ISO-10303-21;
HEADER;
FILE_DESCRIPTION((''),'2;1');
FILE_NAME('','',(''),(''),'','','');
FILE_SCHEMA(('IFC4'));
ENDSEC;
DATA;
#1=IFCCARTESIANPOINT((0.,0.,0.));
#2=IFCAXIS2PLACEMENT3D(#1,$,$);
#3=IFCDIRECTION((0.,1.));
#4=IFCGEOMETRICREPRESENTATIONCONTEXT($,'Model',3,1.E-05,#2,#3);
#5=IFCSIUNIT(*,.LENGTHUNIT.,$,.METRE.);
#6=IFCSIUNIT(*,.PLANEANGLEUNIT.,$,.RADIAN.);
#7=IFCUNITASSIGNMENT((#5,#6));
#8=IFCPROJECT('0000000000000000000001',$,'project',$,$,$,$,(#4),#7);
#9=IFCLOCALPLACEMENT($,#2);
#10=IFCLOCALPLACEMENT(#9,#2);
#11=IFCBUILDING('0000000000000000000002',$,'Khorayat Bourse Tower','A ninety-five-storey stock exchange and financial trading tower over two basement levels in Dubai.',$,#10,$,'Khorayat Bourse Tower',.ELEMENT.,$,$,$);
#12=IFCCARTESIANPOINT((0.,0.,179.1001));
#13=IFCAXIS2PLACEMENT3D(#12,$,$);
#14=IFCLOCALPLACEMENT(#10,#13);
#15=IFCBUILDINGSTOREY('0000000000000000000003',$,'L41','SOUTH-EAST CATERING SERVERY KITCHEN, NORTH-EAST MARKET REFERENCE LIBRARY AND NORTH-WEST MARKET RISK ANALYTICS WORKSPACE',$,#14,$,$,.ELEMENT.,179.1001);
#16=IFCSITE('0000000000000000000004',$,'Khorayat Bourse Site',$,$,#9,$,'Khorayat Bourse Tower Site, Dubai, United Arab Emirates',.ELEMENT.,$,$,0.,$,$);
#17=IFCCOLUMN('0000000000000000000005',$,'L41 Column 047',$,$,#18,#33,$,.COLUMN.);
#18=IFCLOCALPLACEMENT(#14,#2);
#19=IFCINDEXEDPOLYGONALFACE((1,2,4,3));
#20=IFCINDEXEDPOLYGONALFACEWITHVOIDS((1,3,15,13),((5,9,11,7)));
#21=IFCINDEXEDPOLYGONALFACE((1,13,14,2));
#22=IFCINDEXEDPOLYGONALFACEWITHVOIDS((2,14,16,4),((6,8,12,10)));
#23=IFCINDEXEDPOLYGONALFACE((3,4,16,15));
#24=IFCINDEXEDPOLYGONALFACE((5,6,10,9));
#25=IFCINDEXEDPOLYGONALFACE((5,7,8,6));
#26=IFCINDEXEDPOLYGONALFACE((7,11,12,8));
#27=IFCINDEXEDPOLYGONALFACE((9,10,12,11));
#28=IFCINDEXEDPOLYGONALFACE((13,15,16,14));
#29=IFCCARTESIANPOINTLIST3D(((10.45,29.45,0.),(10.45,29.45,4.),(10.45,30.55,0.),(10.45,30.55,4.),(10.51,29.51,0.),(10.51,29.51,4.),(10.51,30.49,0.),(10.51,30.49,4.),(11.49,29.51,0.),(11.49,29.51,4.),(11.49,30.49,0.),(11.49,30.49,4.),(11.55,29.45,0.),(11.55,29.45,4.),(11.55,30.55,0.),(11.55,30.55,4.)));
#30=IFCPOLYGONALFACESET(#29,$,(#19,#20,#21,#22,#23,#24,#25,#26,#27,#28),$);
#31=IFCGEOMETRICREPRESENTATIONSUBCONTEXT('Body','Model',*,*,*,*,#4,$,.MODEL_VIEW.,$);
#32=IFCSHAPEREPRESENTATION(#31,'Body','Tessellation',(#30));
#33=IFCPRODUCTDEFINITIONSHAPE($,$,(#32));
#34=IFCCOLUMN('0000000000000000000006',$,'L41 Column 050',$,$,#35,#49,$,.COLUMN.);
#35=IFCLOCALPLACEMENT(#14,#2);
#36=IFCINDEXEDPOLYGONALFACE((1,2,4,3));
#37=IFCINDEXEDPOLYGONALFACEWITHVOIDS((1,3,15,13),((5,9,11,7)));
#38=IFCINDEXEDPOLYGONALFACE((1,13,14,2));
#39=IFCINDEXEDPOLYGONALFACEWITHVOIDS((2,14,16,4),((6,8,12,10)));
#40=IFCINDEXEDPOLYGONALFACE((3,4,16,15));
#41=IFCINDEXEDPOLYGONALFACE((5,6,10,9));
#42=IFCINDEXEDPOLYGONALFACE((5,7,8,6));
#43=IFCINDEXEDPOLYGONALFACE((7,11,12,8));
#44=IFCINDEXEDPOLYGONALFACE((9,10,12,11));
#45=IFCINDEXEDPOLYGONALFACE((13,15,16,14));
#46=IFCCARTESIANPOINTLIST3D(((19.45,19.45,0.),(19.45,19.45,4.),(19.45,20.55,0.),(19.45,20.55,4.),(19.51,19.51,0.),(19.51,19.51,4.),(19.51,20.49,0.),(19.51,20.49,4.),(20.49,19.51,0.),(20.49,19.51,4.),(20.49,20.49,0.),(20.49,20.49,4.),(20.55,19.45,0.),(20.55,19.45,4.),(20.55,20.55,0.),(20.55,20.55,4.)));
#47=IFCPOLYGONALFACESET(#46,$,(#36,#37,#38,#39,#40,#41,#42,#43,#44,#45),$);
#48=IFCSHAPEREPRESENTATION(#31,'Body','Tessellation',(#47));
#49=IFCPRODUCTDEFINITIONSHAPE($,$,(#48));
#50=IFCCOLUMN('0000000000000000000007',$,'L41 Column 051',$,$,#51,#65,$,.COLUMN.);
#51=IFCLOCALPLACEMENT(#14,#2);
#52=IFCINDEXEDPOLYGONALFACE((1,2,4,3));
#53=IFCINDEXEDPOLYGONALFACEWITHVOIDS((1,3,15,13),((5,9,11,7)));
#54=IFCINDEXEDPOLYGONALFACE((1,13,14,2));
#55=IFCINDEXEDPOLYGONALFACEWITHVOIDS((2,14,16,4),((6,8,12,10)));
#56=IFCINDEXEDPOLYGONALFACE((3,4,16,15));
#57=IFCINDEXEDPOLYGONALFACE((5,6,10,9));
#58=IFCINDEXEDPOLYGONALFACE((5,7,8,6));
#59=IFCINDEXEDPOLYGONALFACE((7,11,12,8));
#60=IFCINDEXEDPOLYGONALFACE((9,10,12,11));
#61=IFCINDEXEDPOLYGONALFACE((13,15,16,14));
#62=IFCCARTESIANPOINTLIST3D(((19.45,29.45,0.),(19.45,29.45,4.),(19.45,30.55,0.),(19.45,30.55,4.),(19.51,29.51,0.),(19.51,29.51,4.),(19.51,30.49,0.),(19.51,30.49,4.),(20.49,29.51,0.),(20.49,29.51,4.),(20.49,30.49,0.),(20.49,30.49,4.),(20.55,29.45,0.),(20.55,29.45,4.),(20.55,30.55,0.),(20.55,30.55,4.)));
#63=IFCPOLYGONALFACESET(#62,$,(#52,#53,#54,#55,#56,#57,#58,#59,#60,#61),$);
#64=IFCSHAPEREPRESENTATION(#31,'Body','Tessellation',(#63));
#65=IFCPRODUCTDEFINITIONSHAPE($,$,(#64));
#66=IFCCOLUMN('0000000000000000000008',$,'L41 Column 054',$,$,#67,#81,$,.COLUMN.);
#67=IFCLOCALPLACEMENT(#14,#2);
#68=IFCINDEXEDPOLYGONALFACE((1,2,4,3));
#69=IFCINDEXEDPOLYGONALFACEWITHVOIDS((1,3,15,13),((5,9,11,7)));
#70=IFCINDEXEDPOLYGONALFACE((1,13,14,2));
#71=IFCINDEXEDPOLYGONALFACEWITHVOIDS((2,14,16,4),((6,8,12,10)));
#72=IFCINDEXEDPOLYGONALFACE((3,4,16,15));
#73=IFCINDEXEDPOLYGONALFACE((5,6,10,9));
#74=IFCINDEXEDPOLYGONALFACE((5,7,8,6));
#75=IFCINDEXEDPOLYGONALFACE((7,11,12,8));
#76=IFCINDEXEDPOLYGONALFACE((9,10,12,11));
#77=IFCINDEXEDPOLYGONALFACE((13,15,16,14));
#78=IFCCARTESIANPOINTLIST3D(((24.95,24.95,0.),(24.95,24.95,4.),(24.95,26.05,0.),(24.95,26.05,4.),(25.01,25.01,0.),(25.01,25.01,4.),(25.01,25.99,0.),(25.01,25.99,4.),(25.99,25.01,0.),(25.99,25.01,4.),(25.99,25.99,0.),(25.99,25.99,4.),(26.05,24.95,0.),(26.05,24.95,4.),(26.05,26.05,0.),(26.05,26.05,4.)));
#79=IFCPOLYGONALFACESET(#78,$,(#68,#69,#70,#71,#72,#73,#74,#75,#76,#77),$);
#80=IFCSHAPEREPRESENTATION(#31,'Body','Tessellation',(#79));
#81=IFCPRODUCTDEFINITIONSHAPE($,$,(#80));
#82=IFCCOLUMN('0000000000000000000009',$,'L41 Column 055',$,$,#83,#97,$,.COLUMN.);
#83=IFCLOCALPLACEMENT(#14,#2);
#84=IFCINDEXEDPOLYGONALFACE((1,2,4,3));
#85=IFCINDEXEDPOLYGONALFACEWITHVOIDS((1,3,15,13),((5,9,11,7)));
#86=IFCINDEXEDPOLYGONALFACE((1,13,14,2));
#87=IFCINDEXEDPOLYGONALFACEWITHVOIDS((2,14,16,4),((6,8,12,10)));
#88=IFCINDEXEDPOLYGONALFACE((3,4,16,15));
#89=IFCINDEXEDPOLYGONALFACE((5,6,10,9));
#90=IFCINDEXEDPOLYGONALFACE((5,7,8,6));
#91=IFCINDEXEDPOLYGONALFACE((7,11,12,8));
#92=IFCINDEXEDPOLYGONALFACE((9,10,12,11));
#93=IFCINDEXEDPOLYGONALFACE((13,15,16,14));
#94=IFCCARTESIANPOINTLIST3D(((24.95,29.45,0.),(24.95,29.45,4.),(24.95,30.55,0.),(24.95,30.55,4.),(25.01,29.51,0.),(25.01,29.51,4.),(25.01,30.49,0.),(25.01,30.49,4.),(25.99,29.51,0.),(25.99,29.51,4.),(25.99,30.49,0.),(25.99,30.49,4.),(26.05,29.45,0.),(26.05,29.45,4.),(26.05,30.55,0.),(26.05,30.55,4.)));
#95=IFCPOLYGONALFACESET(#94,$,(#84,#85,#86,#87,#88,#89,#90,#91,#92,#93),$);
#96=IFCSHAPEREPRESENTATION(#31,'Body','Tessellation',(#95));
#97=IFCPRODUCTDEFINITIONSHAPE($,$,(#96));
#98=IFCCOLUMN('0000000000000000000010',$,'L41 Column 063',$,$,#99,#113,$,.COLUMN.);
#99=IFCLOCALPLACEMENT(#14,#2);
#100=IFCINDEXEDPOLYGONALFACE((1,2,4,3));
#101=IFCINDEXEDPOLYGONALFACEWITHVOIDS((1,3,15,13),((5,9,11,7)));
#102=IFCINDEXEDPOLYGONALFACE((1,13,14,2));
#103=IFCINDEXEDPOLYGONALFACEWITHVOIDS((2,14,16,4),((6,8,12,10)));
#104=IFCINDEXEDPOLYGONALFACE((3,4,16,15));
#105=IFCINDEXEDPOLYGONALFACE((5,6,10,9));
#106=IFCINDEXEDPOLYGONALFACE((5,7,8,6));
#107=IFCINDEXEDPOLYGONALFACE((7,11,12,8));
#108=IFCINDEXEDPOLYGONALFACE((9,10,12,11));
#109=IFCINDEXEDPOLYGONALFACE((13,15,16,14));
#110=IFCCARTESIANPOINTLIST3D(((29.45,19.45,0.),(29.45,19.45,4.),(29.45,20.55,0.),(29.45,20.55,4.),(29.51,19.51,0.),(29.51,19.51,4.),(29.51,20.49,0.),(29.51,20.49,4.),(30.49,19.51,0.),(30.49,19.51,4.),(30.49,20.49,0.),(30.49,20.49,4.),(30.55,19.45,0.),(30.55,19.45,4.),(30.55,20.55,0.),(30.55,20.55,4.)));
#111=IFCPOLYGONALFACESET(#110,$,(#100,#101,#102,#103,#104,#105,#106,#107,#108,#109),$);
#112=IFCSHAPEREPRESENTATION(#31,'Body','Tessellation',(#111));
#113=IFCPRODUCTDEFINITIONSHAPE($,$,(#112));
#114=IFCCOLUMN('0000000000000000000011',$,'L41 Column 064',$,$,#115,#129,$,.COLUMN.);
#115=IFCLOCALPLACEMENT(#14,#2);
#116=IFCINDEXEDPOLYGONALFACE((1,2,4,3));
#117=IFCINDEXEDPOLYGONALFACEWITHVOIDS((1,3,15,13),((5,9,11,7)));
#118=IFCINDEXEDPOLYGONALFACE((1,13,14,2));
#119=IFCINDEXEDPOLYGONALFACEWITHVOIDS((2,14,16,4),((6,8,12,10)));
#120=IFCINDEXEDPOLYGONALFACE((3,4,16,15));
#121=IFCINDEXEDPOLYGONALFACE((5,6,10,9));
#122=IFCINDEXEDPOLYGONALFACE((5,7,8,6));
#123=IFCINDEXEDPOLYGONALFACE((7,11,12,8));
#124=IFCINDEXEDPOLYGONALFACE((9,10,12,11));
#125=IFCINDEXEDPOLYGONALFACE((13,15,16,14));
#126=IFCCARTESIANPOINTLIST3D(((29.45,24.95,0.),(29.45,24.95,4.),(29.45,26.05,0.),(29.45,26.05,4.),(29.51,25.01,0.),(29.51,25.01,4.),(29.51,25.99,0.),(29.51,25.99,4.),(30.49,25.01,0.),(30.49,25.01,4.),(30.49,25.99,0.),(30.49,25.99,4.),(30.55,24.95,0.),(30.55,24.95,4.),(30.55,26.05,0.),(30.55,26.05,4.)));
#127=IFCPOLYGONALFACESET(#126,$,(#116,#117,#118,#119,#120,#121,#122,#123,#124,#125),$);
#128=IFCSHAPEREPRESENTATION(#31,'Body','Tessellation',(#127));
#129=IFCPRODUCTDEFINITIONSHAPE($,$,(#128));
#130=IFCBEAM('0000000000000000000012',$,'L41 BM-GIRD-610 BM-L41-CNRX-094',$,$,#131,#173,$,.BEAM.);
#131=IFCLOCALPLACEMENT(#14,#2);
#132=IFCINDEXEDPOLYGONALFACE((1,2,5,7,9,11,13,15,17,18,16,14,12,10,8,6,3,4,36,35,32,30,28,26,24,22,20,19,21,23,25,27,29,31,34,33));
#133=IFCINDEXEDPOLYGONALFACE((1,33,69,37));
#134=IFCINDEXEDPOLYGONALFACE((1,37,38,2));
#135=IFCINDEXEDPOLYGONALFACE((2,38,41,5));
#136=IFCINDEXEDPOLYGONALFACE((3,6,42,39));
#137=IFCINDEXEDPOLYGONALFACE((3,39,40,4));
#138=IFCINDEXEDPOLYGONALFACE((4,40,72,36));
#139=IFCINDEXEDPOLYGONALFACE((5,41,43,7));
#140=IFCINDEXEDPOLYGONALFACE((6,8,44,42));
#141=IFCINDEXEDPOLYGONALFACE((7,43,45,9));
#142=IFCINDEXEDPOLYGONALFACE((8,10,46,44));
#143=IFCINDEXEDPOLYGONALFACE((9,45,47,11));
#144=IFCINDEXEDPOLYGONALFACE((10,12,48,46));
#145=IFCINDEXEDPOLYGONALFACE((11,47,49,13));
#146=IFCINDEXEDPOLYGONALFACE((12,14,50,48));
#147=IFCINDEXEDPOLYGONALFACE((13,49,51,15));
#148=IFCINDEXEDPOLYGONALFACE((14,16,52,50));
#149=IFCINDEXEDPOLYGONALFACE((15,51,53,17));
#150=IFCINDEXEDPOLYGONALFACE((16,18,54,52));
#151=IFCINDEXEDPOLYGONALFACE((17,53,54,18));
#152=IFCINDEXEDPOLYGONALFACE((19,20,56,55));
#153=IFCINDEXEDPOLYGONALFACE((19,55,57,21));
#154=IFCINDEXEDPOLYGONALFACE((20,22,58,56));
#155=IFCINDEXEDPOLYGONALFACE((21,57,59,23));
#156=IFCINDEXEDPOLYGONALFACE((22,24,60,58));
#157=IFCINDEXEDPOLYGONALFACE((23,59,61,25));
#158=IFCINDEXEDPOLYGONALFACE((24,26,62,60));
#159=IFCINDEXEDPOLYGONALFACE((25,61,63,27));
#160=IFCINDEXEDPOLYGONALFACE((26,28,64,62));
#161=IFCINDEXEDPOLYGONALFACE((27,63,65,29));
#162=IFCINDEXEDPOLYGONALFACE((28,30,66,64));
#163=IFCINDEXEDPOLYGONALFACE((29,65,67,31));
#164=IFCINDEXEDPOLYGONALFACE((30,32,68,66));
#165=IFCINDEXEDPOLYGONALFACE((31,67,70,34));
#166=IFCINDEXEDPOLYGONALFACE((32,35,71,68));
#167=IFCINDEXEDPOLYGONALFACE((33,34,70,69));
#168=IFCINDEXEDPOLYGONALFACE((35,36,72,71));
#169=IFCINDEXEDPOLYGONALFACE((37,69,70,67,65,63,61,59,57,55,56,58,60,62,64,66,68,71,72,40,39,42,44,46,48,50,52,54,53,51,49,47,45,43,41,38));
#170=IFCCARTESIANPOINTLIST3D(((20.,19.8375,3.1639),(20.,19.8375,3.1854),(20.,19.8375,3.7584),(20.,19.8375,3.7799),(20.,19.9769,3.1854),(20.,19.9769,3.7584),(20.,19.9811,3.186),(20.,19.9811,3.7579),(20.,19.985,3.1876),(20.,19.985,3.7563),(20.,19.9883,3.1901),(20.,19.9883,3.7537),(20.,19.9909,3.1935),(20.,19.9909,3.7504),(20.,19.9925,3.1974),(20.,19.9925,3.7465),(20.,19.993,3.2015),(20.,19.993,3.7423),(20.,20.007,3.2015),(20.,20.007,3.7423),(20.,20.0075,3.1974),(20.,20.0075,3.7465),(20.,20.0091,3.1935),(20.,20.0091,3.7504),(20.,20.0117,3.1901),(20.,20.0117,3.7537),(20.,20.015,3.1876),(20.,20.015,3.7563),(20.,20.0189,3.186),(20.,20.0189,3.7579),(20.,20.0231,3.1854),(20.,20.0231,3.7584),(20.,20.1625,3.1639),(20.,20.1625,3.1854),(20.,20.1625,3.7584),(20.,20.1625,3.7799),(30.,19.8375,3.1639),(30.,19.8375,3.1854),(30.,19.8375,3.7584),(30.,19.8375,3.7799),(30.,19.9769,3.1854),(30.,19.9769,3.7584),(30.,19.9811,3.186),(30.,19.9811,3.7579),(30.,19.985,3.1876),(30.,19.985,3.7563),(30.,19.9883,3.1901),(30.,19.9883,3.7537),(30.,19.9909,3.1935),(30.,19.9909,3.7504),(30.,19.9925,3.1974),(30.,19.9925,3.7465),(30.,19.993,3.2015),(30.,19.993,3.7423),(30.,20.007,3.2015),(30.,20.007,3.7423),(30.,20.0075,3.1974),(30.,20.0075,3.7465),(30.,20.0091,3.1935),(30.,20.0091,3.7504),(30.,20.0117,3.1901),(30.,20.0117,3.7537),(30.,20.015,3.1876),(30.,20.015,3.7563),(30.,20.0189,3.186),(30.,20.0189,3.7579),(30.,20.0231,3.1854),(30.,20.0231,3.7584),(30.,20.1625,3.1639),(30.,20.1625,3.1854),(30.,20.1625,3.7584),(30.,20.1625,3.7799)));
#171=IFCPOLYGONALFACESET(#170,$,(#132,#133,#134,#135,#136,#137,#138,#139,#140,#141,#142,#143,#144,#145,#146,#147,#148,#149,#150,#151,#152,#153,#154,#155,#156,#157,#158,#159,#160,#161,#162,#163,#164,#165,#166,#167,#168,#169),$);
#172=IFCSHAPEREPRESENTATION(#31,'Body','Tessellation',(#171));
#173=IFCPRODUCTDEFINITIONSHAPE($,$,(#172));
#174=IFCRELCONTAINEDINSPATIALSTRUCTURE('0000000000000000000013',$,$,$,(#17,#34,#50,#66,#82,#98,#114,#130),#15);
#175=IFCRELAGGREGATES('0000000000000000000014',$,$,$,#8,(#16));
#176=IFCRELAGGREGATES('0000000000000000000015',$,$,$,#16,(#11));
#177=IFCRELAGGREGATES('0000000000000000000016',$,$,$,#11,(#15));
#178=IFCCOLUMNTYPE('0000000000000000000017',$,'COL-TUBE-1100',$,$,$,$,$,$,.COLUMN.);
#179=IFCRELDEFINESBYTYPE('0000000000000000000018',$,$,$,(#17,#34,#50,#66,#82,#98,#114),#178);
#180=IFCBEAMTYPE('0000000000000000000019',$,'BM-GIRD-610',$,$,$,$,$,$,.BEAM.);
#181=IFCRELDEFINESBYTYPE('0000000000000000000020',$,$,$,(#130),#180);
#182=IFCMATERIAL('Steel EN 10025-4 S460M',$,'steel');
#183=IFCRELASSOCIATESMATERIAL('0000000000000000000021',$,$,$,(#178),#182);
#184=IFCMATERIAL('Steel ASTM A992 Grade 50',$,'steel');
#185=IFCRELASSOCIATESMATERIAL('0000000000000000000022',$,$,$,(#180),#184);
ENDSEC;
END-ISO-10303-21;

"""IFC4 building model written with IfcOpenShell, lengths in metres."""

from ifc_helpers import new_model, si_unit, direction, frame, origin, origin_2d, place, context, subcontext, project, spatial, hollow_rectangle, i_section, extrude, source, transform, mapped, material, material_profile, profile_set, type_object, element, save


model = new_model("IFC4")

# Units and contexts
model_context = context("Model", 3, precision=1e-05, world=origin(), true_north=direction((0.0, 1.0)))
body_context = subcontext(model_context, "Body", "Model", "MODEL_VIEW")
ifc_project = project(units=[si_unit("LENGTHUNIT", "METRE"), si_unit("PLANEANGLEUNIT", "RADIAN")], contexts=[model_context])

# Site, building, storey
site_placement = place(None, origin())
site = spatial("IfcSite", under=ifc_project, at=site_placement, Name="Khorayat Bourse Site", LongName="Khorayat Bourse Tower Site, Dubai, United Arab Emirates", CompositionType="ELEMENT", RefElevation=0.0)
building_placement = place(site_placement, origin())
building = spatial("IfcBuilding", under=site, at=building_placement, Name="Khorayat Bourse Tower", Description="A ninety-five-storey stock exchange and financial trading tower over two basement levels in Dubai.", LongName="Khorayat Bourse Tower", CompositionType="ELEMENT")
storey_placement = place(building_placement, frame((0.0, 0.0, 179.1001)))
storey = spatial("IfcBuildingStorey", under=building, at=storey_placement, Name="L41", Description="SOUTH-EAST CATERING SERVERY KITCHEN, NORTH-EAST MARKET REFERENCE LIBRARY AND NORTH-WEST MARKET RISK ANALYTICS WORKSPACE", CompositionType="ELEMENT", Elevation=179.1001)

# Columns
ifc_material_1 = material(Name="Steel EN 10025-4 S460M", Category="steel")
ifc_material_profile_1 = material_profile(ifc_material_1, hollow_rectangle(XDim=1.1001, YDim=1.1001, WallThickness=0.0601, at=origin_2d()), Name="BOX 1100x1100x60")
ifc_profile_set_1 = profile_set([ifc_material_profile_1], Name="Steel EN 10025-4 S460M")
column_type = type_object("IfcColumnType", Name="COL-TUBE-1100", PredefinedType="COLUMN", material=ifc_profile_set_1)
shared_shape_1 = source(origin(), body_context, "Body", "SweptSolid", [
    extrude(hollow_rectangle(XDim=1.1001, YDim=1.1001, WallThickness=0.0601, at=origin_2d()), origin(), (0.0, 0.0, 1.0), 4.0),
])
for number, where, z_axis, x_axis, name in (
    (1, (11.0, 30.0, 0.0), (0.0, 0.0, 1.0), (1.0, 0.0, 0.0), "L41 Column 047"),
    (2, (20.0, 20.0, 0.0), (0.0, 0.0, 1.0), (1.0, 0.0, 0.0), "L41 Column 050"),
    (3, (20.0, 30.0, 0.0), (0.0, 0.0, 1.0), (1.0, 0.0, 0.0), "L41 Column 051"),
    (4, (25.5, 25.5, 0.0), (0.0, 0.0, 1.0), (1.0, 0.0, 0.0), "L41 Column 054"),
    (5, (25.5, 30.0, 0.0), (0.0, 0.0, 1.0), (1.0, 0.0, 0.0), "L41 Column 055"),
    (6, (30.0, 20.0, 0.0), (0.0, 0.0, 1.0), (1.0, 0.0, 0.0), "L41 Column 063"),
    (7, (30.0, 25.5, 0.0), (0.0, 0.0, 1.0), (1.0, 0.0, 0.0), "L41 Column 064"),
):
    element("IfcColumn", number, at=place(storey_placement, frame(where, z_axis=z_axis, x_axis=x_axis)), inside=storey, type_object=column_type, Name=name, PredefinedType="COLUMN", context=body_context, shape_type="MappedRepresentation", body=[
        mapped(shared_shape_1, transform((0.0, 0.0, 0.0), scale=1.0)),
    ])

# Beam
ifc_material_2 = material(Name="Steel ASTM A992 Grade 50", Category="steel")
ifc_material_profile_2 = material_profile(ifc_material_2, i_section(OverallWidth=0.325, OverallDepth=0.616, WebThickness=0.0139, FlangeThickness=0.0215, FilletRadius=0.0161, at=origin_2d()), Name="W610X174")
ifc_profile_set_2 = profile_set([ifc_material_profile_2], Name="Steel ASTM A992 Grade 50")
beam_type_1 = type_object("IfcBeamType", Name="BM-GIRD-610", PredefinedType="BEAM", material=ifc_profile_set_2)
shared_shape_2 = source(origin(), body_context, "Body", "SweptSolid", [
    extrude(i_section(OverallWidth=0.325, OverallDepth=0.616, WebThickness=0.0139, FlangeThickness=0.0215, FilletRadius=0.0161, at=origin_2d()), origin(), (0.0, 0.0, 1.0), 10.0),
])
beam_1_placement = place(storey_placement, frame((20.0, 20.0, 3.4719), z_axis=(1.0, 0.0, 0.0), x_axis=(0.0, 1.0, 0.0)))
element("IfcBeam", 8, at=beam_1_placement, inside=storey, type_object=beam_type_1, Name="L41 BM-GIRD-610 BM-L41-CNRX-094", PredefinedType="BEAM", context=body_context, shape_type="MappedRepresentation", body=[
    mapped(shared_shape_2, transform((0.0, 0.0, 0.0), scale=1.0)),
])

save(model, "model.ifc")
